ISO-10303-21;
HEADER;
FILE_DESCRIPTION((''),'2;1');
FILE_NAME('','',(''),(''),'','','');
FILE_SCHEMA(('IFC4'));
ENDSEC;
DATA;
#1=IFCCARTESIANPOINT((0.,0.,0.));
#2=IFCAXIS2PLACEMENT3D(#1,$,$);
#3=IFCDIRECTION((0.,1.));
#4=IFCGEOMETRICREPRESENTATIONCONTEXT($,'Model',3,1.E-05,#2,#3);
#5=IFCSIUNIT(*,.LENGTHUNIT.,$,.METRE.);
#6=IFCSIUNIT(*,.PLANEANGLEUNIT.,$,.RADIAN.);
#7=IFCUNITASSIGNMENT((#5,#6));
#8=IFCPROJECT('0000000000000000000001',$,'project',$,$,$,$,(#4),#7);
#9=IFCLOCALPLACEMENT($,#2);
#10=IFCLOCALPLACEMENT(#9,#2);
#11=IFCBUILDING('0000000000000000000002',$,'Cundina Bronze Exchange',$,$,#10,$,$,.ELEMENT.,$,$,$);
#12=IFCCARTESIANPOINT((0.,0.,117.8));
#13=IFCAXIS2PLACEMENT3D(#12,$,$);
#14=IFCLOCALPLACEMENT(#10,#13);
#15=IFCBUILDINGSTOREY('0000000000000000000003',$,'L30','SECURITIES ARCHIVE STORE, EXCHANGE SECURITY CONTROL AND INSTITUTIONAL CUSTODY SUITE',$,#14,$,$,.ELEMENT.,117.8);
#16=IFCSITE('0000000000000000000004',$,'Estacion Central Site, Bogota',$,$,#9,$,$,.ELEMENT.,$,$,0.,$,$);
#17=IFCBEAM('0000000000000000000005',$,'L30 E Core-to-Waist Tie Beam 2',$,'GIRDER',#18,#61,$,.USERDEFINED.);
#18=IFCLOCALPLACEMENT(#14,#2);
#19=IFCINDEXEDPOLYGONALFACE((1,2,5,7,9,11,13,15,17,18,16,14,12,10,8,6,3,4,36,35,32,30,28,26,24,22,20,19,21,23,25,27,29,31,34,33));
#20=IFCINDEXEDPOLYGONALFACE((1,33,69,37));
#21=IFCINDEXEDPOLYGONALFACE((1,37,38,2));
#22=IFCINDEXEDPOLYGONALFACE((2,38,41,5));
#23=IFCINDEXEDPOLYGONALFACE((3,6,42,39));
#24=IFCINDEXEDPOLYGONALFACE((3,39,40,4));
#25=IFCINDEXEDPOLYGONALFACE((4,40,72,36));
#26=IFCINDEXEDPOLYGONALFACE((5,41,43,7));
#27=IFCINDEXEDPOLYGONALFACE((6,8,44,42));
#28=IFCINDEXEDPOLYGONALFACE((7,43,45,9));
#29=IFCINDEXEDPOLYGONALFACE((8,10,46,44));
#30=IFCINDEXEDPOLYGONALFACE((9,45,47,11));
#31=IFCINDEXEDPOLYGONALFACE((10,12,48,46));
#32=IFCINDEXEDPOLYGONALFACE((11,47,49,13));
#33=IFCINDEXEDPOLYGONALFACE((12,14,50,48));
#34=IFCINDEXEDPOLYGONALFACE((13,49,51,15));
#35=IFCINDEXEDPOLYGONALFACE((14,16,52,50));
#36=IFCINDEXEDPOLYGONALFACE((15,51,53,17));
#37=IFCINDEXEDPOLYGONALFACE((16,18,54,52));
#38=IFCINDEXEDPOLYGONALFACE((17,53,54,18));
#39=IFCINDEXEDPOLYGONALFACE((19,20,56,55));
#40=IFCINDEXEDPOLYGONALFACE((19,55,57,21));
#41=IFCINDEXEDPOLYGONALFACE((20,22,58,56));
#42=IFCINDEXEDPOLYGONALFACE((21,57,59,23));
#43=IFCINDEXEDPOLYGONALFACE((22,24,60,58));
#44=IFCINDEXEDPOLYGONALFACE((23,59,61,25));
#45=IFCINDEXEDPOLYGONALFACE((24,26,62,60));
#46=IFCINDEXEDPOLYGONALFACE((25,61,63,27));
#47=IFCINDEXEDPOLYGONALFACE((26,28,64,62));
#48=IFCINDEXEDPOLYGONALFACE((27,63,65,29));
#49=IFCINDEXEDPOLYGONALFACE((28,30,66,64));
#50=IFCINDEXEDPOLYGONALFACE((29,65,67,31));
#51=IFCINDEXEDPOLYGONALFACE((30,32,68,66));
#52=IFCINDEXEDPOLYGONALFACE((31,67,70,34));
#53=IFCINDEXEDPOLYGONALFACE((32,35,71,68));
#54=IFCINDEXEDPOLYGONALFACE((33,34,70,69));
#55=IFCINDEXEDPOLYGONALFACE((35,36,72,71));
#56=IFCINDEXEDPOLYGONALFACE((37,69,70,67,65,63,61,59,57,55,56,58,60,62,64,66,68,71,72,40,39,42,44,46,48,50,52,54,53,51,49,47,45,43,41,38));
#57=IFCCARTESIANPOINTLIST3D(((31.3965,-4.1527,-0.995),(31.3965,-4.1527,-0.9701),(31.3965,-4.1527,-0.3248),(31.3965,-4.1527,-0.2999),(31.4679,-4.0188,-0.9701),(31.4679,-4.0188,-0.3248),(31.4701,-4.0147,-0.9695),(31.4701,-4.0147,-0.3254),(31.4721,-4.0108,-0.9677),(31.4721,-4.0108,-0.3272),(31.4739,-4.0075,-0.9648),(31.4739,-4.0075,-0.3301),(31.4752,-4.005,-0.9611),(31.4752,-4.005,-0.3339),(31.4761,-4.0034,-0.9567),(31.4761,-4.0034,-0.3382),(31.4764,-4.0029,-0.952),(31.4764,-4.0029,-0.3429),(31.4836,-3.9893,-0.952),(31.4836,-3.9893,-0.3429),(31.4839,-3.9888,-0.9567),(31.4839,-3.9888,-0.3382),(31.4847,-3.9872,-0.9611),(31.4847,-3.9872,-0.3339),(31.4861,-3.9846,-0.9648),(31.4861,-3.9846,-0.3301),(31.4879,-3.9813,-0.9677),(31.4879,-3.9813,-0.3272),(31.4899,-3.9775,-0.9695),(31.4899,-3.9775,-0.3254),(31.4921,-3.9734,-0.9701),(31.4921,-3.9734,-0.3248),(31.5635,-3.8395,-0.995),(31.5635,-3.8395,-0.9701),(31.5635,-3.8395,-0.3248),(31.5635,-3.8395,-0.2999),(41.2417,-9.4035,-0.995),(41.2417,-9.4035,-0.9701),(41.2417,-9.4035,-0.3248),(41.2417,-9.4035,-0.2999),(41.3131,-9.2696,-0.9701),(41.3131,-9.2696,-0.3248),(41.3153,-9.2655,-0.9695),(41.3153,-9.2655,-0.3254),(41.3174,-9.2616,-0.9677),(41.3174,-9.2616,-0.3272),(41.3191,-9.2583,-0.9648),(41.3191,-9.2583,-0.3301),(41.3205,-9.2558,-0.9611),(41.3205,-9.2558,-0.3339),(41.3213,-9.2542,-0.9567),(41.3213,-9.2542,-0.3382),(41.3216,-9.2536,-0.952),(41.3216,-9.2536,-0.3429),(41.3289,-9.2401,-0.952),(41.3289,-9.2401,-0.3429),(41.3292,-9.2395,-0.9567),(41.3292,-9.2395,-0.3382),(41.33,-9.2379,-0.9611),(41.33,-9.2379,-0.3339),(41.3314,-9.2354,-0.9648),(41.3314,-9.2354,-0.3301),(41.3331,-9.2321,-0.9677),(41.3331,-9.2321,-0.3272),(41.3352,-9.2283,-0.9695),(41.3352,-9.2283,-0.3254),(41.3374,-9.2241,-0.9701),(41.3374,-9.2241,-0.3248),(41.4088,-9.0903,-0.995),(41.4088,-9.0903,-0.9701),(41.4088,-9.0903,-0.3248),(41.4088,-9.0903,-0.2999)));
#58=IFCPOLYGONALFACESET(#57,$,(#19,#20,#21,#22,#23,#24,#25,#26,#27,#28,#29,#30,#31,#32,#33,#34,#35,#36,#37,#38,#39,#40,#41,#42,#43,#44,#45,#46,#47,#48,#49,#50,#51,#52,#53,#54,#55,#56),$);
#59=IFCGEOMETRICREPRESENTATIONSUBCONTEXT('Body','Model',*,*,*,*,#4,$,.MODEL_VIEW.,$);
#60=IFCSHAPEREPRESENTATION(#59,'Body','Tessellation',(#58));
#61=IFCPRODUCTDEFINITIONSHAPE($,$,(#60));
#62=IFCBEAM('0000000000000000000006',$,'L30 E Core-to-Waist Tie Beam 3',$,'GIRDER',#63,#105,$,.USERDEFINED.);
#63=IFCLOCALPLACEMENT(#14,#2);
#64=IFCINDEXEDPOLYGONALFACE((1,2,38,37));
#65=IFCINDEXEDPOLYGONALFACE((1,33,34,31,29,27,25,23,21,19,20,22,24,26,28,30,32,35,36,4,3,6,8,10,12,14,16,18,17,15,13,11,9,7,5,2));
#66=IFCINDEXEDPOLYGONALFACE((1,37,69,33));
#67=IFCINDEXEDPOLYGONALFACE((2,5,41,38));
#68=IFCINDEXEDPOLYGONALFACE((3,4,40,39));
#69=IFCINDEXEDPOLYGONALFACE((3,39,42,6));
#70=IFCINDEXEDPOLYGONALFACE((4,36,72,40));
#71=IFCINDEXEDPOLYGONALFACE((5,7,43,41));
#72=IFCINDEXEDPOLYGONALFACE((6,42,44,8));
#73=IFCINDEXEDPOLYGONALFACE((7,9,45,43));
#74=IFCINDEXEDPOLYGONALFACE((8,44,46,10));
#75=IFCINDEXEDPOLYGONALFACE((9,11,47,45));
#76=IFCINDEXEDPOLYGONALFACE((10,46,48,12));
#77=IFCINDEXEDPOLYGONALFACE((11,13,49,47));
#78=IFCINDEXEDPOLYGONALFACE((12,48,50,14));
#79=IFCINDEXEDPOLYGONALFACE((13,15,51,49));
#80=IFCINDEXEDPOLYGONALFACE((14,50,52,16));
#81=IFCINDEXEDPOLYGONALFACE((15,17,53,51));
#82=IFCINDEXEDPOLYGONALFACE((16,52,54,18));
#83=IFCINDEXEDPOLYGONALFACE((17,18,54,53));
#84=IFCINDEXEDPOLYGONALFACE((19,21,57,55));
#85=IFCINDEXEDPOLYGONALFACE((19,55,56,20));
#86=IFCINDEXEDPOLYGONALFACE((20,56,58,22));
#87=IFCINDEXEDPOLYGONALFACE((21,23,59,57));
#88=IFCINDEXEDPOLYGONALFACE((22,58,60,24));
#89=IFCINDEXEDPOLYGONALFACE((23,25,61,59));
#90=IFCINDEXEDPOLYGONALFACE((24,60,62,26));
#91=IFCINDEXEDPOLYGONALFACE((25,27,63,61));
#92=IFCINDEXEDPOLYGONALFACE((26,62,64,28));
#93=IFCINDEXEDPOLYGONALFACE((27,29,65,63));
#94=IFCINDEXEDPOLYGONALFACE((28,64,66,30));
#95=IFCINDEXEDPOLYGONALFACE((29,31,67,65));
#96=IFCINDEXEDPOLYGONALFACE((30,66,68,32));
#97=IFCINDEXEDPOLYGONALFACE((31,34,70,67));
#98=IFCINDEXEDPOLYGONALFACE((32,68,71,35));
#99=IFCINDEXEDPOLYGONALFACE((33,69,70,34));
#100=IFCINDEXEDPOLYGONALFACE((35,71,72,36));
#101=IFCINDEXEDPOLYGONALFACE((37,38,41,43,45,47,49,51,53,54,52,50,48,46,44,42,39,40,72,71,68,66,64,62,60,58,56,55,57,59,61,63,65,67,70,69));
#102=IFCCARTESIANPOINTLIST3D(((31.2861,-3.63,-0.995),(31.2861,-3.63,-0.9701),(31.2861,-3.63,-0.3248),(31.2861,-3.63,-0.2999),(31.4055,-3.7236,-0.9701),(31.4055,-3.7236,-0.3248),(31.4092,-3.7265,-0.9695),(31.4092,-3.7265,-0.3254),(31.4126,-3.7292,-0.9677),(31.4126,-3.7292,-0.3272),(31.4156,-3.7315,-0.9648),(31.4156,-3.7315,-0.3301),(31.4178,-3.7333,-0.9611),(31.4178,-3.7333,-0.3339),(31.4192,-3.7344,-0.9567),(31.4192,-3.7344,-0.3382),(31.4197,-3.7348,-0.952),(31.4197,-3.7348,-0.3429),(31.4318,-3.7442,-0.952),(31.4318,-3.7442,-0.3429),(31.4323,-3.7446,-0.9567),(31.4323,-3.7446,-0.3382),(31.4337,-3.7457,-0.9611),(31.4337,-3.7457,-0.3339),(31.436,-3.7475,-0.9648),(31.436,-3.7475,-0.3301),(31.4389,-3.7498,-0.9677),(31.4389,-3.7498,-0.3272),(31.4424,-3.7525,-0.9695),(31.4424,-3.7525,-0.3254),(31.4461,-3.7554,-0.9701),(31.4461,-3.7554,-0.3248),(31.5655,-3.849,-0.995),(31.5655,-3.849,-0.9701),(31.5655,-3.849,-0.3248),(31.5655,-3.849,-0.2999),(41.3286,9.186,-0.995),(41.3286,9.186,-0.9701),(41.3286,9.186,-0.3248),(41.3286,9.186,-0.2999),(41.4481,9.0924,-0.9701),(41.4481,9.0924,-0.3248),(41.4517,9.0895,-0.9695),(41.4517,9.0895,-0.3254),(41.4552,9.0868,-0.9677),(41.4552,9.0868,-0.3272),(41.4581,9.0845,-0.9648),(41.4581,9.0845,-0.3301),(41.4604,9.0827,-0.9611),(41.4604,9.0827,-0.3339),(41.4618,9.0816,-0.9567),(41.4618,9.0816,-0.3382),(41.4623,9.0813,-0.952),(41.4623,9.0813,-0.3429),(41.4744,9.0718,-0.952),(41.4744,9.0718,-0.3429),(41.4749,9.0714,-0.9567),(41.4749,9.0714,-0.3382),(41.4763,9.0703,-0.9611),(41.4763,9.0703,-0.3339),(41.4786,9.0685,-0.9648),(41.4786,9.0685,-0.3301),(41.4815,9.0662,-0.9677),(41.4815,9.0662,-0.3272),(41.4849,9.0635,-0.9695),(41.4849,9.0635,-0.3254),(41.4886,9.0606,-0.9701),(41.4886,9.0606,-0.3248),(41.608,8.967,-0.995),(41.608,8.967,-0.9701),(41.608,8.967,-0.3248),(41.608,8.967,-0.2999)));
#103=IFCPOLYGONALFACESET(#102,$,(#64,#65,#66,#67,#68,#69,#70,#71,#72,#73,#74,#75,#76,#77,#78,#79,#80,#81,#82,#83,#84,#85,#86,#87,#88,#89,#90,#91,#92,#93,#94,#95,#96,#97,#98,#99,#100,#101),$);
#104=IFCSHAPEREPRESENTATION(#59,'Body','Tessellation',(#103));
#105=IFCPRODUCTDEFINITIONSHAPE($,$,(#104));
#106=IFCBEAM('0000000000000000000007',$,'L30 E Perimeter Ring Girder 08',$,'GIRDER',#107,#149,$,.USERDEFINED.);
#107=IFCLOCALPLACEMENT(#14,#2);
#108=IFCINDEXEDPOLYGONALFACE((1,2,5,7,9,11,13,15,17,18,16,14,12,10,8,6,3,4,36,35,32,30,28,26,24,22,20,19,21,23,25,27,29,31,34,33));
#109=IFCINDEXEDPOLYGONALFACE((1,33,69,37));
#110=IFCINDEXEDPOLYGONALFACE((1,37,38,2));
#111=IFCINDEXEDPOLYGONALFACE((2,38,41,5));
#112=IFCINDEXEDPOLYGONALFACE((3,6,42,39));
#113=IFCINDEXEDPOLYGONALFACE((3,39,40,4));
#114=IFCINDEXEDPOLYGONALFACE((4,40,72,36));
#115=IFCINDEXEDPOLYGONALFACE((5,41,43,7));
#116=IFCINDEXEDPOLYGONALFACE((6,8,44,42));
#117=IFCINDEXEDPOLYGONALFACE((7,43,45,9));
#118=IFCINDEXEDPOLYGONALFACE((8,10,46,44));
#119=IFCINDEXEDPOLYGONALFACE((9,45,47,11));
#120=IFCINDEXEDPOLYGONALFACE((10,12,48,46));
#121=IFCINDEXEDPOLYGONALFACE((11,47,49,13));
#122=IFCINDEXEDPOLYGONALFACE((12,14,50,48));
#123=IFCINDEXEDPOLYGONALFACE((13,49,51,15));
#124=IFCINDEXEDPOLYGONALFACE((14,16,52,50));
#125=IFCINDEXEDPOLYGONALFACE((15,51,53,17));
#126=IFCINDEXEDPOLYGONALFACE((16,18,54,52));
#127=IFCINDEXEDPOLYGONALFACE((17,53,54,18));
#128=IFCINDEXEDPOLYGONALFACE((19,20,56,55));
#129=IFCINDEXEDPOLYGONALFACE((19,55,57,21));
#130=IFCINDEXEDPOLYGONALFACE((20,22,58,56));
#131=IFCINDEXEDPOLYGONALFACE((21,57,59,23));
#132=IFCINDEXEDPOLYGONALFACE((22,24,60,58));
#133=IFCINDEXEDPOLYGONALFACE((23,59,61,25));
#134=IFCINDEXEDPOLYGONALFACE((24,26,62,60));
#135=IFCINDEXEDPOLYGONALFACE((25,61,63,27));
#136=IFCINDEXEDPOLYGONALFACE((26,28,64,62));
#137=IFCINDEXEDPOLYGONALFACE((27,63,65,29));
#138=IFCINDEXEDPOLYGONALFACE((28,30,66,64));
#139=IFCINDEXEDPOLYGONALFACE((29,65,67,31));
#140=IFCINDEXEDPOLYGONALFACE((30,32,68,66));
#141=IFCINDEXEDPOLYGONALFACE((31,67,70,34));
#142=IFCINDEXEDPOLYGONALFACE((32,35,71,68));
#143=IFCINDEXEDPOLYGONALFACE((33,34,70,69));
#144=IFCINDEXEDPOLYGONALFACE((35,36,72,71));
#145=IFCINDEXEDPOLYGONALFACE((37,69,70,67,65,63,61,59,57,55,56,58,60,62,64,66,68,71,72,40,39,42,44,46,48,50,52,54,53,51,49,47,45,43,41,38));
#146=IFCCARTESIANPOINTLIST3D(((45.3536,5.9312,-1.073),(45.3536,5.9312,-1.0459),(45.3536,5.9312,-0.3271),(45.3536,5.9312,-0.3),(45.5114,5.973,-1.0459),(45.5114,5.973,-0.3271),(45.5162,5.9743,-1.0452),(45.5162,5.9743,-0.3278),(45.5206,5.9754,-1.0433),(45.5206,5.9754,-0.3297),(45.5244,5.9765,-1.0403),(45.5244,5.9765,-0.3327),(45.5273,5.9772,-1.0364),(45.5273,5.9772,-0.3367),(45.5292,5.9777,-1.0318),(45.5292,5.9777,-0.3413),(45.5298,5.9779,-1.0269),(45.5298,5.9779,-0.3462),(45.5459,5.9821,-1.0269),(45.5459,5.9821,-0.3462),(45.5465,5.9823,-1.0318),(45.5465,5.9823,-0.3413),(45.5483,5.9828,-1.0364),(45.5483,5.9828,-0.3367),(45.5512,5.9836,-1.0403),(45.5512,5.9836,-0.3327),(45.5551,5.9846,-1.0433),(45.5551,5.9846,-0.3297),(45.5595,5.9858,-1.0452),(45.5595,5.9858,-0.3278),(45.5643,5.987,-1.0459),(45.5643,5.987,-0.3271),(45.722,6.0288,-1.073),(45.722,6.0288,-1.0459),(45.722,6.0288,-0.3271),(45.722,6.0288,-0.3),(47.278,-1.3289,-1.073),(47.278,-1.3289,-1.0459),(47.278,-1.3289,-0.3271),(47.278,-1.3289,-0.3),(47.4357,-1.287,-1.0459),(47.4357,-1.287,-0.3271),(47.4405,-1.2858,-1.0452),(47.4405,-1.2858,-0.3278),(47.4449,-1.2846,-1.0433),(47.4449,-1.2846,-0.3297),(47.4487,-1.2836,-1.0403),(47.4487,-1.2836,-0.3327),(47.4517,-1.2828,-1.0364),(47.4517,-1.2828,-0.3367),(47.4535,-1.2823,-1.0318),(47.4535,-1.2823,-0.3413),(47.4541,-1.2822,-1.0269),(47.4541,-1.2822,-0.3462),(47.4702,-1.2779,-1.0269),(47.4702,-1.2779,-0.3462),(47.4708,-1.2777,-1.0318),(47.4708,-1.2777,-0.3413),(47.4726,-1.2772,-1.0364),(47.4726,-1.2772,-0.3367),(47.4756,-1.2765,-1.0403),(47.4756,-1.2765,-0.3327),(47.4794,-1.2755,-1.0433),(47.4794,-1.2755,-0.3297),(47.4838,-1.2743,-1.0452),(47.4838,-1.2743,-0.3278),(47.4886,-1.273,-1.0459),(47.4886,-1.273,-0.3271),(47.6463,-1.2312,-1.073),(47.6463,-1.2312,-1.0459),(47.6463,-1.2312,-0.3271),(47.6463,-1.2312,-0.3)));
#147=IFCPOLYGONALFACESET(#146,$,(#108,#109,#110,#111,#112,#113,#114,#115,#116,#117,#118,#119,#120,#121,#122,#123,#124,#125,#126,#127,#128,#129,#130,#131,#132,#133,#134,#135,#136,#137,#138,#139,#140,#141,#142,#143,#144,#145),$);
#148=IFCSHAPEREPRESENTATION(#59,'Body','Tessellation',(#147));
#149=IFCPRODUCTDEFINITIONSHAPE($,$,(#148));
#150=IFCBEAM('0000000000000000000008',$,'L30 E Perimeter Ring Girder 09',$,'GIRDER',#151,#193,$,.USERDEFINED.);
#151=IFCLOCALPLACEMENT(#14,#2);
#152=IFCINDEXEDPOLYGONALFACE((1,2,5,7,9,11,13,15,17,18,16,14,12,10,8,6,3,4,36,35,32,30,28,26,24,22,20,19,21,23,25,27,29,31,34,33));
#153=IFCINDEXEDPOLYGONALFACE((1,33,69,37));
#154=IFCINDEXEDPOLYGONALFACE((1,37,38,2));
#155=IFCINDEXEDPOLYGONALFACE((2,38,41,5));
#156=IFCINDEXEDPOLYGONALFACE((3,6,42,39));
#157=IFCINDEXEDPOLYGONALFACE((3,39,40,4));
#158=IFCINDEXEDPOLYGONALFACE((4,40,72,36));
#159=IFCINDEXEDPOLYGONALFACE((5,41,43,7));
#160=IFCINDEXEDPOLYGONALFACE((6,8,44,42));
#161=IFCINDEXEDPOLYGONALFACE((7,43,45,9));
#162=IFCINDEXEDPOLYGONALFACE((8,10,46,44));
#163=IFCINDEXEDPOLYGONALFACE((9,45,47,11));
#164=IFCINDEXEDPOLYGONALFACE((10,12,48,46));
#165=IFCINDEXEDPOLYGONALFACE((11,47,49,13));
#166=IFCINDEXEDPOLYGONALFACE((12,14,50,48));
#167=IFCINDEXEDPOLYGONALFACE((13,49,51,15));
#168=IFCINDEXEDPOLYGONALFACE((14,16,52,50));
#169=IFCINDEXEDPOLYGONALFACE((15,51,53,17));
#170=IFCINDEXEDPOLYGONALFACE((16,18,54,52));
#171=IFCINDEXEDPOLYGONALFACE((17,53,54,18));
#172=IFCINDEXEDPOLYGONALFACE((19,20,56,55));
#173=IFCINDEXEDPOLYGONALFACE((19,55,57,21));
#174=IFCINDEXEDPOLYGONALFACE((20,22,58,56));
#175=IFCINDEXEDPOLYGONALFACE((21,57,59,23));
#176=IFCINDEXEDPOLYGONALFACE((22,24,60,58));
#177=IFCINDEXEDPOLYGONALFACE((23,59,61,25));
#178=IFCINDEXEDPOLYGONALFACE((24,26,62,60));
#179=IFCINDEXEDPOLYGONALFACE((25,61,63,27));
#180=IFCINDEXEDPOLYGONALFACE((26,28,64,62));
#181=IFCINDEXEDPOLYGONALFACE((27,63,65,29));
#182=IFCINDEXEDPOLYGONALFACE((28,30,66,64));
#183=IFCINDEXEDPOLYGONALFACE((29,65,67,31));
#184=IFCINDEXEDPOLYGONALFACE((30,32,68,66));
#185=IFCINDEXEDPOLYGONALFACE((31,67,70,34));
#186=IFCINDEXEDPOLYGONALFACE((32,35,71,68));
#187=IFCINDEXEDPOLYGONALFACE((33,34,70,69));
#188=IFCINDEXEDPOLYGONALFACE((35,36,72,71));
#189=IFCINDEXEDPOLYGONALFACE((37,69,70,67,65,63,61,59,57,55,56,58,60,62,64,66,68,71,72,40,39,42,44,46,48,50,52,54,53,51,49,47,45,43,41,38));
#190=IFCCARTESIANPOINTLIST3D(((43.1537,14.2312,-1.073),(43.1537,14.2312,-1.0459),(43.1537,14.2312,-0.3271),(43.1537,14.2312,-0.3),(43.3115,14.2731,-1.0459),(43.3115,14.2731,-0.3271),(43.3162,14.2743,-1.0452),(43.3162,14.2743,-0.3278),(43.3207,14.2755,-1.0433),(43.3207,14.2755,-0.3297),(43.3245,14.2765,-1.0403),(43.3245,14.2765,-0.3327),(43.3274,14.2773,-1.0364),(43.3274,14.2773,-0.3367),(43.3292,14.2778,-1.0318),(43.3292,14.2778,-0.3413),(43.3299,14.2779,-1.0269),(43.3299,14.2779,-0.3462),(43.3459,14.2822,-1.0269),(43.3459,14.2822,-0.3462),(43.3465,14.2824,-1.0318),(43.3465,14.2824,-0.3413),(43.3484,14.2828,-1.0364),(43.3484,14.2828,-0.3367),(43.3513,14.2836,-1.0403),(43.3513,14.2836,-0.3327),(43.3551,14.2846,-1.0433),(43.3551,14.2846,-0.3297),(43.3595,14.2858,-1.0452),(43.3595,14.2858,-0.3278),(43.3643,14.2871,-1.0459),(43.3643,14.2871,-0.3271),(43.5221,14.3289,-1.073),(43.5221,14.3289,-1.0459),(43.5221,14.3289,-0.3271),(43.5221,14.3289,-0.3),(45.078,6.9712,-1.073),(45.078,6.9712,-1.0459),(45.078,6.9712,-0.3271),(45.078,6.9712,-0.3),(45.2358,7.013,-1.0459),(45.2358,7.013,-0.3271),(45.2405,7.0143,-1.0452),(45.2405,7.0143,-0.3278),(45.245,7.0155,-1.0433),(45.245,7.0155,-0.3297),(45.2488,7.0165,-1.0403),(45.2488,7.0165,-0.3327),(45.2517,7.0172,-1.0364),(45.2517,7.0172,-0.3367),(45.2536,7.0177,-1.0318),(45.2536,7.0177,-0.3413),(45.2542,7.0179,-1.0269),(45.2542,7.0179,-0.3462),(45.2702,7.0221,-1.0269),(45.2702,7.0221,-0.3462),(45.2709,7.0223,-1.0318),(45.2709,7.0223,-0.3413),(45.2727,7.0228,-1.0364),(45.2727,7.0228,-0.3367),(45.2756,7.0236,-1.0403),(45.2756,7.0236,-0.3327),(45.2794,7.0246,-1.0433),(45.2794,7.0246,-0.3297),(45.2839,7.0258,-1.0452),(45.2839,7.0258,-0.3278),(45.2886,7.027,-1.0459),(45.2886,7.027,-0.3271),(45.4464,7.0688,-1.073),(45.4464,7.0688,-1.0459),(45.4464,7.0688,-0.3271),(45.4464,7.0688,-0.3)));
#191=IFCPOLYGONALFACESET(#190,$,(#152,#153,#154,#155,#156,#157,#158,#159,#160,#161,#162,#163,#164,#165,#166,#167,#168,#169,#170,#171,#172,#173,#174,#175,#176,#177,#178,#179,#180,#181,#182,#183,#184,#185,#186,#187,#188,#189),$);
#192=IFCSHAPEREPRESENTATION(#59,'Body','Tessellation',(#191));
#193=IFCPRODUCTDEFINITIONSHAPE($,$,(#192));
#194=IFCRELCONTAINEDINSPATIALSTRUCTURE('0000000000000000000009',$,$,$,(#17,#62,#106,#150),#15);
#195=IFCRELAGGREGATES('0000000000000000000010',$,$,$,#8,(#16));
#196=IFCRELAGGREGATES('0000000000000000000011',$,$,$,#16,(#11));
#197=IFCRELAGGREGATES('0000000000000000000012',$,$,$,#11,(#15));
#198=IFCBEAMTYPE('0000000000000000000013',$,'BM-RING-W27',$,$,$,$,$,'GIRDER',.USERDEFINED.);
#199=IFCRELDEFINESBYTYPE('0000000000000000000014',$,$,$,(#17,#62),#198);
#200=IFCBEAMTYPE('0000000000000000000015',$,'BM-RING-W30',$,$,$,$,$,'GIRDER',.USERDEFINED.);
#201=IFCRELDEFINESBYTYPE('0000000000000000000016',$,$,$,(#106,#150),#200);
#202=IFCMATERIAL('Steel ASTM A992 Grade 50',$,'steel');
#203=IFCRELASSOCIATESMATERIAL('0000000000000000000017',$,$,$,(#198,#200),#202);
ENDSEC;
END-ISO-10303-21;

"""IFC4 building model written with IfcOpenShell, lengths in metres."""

from ifc_helpers import new_model, si_unit, direction, frame, origin, origin_2d, place, context, subcontext, project, spatial, i_section, extrude, material, material_profile, profile_set, type_object, element, save


model = new_model("IFC4")

# Units and contexts
model_context = context("Model", 3, precision=1e-05, world=origin(), true_north=direction((0.0, 1.0)))
body_context = subcontext(model_context, "Body", "Model", "MODEL_VIEW")
ifc_project = project(units=[si_unit("LENGTHUNIT", "METRE"), si_unit("PLANEANGLEUNIT", "RADIAN")], contexts=[model_context])

# Site, building, storey
site_placement = place(None, origin())
site = spatial("IfcSite", under=ifc_project, at=site_placement, Name="Estacion Central Site, Bogota", CompositionType="ELEMENT", RefElevation=0.0)
building_placement = place(site_placement, origin())
building = spatial("IfcBuilding", under=site, at=building_placement, Name="Cundina Bronze Exchange", CompositionType="ELEMENT")
storey_placement = place(building_placement, frame((0.0, 0.0, 117.8)))
storey = spatial("IfcBuildingStorey", under=building, at=storey_placement, Name="L30", Description="SECURITIES ARCHIVE STORE, EXCHANGE SECURITY CONTROL AND INSTITUTIONAL CUSTODY SUITE", CompositionType="ELEMENT", Elevation=117.8)

# Shared definitions
ifc_material_1 = material(Name="Steel ASTM A992 Grade 50", Category="steel")

# Beams
ifc_material_profile_1 = material_profile(ifc_material_1, i_section(OverallWidth=0.355, OverallDepth=0.6951, WebThickness=0.0154, FlangeThickness=0.0249, FilletRadius=0.0181, at=origin_2d()), Name="W27X146", Category="steel")
ifc_profile_set_1 = profile_set([ifc_material_profile_1], Name="Steel ASTM A992 Grade 50")
beam_type_1 = type_object("IfcBeamType", Name="BM-RING-W27", ElementType="GIRDER", PredefinedType="USERDEFINED", material=ifc_profile_set_1)
beam_1_placement = place(storey_placement, frame((31.48, -3.9961, -0.6475), z_axis=(0.882355, -0.470585, 0.0), x_axis=(0.470585, 0.882355, 0.0)))
element("IfcBeam", 1, at=beam_1_placement, inside=storey, type_object=beam_type_1, Name="L30 E Core-to-Waist Tie Beam 2", ObjectType="GIRDER", PredefinedType="USERDEFINED", context=body_context, shape_type="SweptSolid", body=[
    extrude(i_section(OverallWidth=0.355, OverallDepth=0.6951, WebThickness=0.0154, FlangeThickness=0.0249, FilletRadius=0.0181, at=origin_2d()), origin(), (0.0, 0.0, 1.0), 11.158),
])
beam_2_placement = place(storey_placement, frame((31.4258, -3.7395, -0.6475), z_axis=(0.616789, 0.787128, 0.0), x_axis=(-0.787128, 0.616789, 0.0)))
element("IfcBeam", 2, at=beam_2_placement, inside=storey, type_object=beam_type_1, Name="L30 E Core-to-Waist Tie Beam 3", ObjectType="GIRDER", PredefinedType="USERDEFINED", context=body_context, shape_type="SweptSolid", body=[
    extrude(i_section(OverallWidth=0.355, OverallDepth=0.6951, WebThickness=0.0154, FlangeThickness=0.0249, FilletRadius=0.0181, at=origin_2d()), origin(), (0.0, 0.0, 1.0), 16.282),
])
ifc_material_profile_2 = material_profile(ifc_material_1, i_section(OverallWidth=0.3811, OverallDepth=0.7729, WebThickness=0.0166, FlangeThickness=0.0271, FilletRadius=0.019, at=origin_2d()), Name="W30X173", Category="steel")
ifc_profile_set_2 = profile_set([ifc_material_profile_2], Name="Steel ASTM A992 Grade 50")
beam_type_2 = type_object("IfcBeamType", Name="BM-RING-W30", ElementType="GIRDER", PredefinedType="USERDEFINED", material=ifc_profile_set_2)
for number, where, z_axis, x_axis, name in (
    (3, (47.4622, -1.28, -0.6865), (-0.25621, 0.966621, 0.0), (-0.966621, -0.25621, 0.0), "L30 E Perimeter Ring Girder 08"),
    (4, (45.2622, 7.02, -0.6865), (-0.25621, 0.966621, 0.0), (-0.966621, -0.25621, 0.0), "L30 E Perimeter Ring Girder 09"),
):
    element("IfcBeam", number, at=place(storey_placement, frame(where, z_axis=z_axis, x_axis=x_axis)), inside=storey, type_object=beam_type_2, Name=name, ObjectType="GIRDER", PredefinedType="USERDEFINED", context=body_context, shape_type="SweptSolid", body=[
        extrude(i_section(OverallWidth=0.3811, OverallDepth=0.7729, WebThickness=0.0166, FlangeThickness=0.0271, FilletRadius=0.019, at=origin_2d()), origin(), (0.0, 0.0, 1.0), 7.5107),
    ])

save(model, "model.ifc")
